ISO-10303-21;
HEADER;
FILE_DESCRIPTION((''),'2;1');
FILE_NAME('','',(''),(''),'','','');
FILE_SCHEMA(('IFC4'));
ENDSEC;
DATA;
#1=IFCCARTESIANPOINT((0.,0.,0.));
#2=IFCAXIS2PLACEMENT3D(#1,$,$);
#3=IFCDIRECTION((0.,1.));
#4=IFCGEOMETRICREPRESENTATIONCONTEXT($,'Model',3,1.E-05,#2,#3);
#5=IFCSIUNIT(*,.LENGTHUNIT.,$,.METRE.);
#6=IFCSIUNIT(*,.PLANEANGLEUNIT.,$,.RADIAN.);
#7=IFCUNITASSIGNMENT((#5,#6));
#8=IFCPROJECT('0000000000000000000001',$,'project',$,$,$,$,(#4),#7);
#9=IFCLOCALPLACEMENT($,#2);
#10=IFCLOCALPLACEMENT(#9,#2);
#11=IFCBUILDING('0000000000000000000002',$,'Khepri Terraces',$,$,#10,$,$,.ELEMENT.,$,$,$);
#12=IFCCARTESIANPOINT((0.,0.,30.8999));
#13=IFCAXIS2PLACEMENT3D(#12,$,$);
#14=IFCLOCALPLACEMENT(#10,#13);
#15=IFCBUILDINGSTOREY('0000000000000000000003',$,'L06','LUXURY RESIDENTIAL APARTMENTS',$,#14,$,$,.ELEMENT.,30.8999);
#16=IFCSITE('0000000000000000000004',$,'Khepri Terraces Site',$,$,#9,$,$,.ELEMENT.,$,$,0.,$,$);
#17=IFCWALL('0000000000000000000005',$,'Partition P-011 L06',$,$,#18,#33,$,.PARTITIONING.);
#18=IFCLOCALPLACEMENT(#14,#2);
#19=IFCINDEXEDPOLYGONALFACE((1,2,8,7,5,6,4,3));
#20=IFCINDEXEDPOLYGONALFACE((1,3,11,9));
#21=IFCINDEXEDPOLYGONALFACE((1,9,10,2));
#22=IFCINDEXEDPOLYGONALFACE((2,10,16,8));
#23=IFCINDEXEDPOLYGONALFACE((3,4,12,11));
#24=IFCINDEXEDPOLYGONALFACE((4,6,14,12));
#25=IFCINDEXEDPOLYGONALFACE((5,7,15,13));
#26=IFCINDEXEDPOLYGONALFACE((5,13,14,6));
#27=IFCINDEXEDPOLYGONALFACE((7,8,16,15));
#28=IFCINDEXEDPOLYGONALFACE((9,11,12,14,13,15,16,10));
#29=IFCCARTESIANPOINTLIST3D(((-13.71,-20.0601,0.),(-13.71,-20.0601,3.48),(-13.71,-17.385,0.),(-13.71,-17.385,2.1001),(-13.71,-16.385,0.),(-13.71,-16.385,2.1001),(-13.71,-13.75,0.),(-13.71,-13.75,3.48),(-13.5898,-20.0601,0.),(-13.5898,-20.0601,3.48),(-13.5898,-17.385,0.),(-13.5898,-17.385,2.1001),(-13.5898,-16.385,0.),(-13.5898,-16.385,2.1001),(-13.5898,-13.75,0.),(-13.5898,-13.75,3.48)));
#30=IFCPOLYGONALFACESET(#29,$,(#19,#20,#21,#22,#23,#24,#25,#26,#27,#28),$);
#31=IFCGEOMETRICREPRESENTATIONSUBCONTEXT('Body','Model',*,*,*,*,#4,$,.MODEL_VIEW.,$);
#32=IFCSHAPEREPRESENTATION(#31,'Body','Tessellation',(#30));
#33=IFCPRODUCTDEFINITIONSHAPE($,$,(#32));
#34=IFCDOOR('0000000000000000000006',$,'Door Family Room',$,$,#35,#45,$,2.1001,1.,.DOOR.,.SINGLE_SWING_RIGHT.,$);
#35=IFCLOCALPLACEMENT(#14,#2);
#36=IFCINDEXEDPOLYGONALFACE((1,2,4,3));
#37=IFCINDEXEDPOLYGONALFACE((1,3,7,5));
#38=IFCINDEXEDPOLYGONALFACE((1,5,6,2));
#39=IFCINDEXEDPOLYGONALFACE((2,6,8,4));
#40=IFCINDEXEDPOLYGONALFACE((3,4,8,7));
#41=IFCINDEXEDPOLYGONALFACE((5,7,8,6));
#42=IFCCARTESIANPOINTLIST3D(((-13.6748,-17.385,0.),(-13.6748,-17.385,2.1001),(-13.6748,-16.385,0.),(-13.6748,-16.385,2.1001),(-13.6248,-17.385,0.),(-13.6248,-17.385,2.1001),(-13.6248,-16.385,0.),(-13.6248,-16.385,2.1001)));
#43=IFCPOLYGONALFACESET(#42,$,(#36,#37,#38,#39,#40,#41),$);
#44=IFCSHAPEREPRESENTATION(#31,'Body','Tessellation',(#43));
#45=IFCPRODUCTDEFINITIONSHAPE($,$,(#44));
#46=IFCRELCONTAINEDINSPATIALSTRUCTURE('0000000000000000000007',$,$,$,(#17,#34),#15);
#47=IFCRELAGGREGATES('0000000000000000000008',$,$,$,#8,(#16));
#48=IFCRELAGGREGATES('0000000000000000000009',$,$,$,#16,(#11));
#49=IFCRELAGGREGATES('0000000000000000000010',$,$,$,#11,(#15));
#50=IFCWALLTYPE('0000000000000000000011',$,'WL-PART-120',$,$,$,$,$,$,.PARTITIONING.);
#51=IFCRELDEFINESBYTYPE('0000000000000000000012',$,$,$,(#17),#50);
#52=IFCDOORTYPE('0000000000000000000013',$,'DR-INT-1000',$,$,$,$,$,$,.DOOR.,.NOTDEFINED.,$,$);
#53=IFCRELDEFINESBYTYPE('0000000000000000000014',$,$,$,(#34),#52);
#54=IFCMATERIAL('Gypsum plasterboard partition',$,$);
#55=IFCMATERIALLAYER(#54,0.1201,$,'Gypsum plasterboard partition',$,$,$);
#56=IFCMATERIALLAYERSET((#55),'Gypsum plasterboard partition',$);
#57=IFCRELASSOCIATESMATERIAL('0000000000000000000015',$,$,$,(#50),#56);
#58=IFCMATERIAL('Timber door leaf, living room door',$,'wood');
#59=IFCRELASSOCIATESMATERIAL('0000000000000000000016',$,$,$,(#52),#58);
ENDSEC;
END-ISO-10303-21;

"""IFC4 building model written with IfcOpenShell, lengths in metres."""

from ifc_helpers import new_model, si_unit, direction, frame, frame_2d, origin, place, context, subcontext, project, spatial, rectangle, extrude, material, layer, layer_set, type_object, element, fill, save


model = new_model("IFC4")

# Units and contexts
model_context = context("Model", 3, precision=1e-05, world=origin(), true_north=direction((0.0, 1.0)))
body_context = subcontext(model_context, "Body", "Model", "MODEL_VIEW")
ifc_project = project(units=[si_unit("LENGTHUNIT", "METRE"), si_unit("PLANEANGLEUNIT", "RADIAN")], contexts=[model_context])

# Site, building, storey
site_placement = place(None, origin())
site = spatial("IfcSite", under=ifc_project, at=site_placement, Name="Khepri Terraces Site", CompositionType="ELEMENT", RefElevation=0.0)
building_placement = place(site_placement, origin())
building = spatial("IfcBuilding", under=site, at=building_placement, Name="Khepri Terraces", CompositionType="ELEMENT")
storey_placement = place(building_placement, frame((0.0, 0.0, 30.8999)))
storey = spatial("IfcBuildingStorey", under=building, at=storey_placement, Name="L06", Description="LUXURY RESIDENTIAL APARTMENTS", CompositionType="ELEMENT", Elevation=30.8999)

# Shared definitions
ifc_material_1 = material(Name="Gypsum plasterboard partition")
ifc_layer_1 = layer(ifc_material_1, 0.1201, Name="Gypsum plasterboard partition")
ifc_layer_set_1 = layer_set([ifc_layer_1], Name="Gypsum plasterboard partition")
wall_type_1 = type_object("IfcWallType", Name="WL-PART-120", PredefinedType="PARTITIONING", material=ifc_layer_set_1)

# Shared definitions
ifc_material_2 = material(Name="Timber door leaf, living room door", Category="wood")
door_type_1 = type_object("IfcDoorType", Name="DR-INT-1000", OperationType="NOTDEFINED", PredefinedType="DOOR", material=ifc_material_2)

# Wall, opening, door
wall_1_placement = place(storey_placement, frame((-13.6499, -20.0601, 0.0), z_axis=(0.0, 0.0, 1.0), x_axis=(0.0, 1.0, 0.0)))
wall_1 = element("IfcWall", 1, at=wall_1_placement, inside=storey, type_object=wall_type_1, Name="Partition P-011 L06", PredefinedType="PARTITIONING", context=body_context, shape_type="SweptSolid", body=[
    extrude(rectangle(XDim=6.3101, YDim=0.1201, at=frame_2d((3.155, 0.0))), origin(), (0.0, 0.0, 1.0), 3.48),
])
opening_1_placement = place(wall_1_placement, frame((2.675, 0.0, 0.0)))
opening_1 = element("IfcOpeningElement", 2, at=opening_1_placement, cuts=wall_1, PredefinedType="OPENING", context=body_context, shape_type="SweptSolid", body=[
    extrude(rectangle(XDim=1.0, YDim=2.1001, at=frame_2d((0.5, 1.05))), frame((0.0, 0.0701, 0.0), z_axis=(0.0, -1.0, 0.0), x_axis=(1.0, 0.0, 0.0)), (0.0, 0.0, 1.0), 0.1401),
])
door_1_placement = place(opening_1_placement, origin())
door_1 = element("IfcDoor", 3, at=door_1_placement, inside=storey, type_object=door_type_1, Name="Door Family Room", OperationType="SINGLE_SWING_RIGHT", OverallHeight=2.1001, OverallWidth=1.0, PredefinedType="DOOR", context=body_context, shape_type="SweptSolid", body=[
    extrude(rectangle(XDim=1.0, YDim=2.1001, at=frame_2d((0.5, 1.05))), frame((0.0, 0.0249, 0.0), z_axis=(0.0, -1.0, 0.0), x_axis=(1.0, 0.0, 0.0)), (0.0, 0.0, 1.0), 0.05),
])
fill(opening_1, door_1)

save(model, "model.ifc")
